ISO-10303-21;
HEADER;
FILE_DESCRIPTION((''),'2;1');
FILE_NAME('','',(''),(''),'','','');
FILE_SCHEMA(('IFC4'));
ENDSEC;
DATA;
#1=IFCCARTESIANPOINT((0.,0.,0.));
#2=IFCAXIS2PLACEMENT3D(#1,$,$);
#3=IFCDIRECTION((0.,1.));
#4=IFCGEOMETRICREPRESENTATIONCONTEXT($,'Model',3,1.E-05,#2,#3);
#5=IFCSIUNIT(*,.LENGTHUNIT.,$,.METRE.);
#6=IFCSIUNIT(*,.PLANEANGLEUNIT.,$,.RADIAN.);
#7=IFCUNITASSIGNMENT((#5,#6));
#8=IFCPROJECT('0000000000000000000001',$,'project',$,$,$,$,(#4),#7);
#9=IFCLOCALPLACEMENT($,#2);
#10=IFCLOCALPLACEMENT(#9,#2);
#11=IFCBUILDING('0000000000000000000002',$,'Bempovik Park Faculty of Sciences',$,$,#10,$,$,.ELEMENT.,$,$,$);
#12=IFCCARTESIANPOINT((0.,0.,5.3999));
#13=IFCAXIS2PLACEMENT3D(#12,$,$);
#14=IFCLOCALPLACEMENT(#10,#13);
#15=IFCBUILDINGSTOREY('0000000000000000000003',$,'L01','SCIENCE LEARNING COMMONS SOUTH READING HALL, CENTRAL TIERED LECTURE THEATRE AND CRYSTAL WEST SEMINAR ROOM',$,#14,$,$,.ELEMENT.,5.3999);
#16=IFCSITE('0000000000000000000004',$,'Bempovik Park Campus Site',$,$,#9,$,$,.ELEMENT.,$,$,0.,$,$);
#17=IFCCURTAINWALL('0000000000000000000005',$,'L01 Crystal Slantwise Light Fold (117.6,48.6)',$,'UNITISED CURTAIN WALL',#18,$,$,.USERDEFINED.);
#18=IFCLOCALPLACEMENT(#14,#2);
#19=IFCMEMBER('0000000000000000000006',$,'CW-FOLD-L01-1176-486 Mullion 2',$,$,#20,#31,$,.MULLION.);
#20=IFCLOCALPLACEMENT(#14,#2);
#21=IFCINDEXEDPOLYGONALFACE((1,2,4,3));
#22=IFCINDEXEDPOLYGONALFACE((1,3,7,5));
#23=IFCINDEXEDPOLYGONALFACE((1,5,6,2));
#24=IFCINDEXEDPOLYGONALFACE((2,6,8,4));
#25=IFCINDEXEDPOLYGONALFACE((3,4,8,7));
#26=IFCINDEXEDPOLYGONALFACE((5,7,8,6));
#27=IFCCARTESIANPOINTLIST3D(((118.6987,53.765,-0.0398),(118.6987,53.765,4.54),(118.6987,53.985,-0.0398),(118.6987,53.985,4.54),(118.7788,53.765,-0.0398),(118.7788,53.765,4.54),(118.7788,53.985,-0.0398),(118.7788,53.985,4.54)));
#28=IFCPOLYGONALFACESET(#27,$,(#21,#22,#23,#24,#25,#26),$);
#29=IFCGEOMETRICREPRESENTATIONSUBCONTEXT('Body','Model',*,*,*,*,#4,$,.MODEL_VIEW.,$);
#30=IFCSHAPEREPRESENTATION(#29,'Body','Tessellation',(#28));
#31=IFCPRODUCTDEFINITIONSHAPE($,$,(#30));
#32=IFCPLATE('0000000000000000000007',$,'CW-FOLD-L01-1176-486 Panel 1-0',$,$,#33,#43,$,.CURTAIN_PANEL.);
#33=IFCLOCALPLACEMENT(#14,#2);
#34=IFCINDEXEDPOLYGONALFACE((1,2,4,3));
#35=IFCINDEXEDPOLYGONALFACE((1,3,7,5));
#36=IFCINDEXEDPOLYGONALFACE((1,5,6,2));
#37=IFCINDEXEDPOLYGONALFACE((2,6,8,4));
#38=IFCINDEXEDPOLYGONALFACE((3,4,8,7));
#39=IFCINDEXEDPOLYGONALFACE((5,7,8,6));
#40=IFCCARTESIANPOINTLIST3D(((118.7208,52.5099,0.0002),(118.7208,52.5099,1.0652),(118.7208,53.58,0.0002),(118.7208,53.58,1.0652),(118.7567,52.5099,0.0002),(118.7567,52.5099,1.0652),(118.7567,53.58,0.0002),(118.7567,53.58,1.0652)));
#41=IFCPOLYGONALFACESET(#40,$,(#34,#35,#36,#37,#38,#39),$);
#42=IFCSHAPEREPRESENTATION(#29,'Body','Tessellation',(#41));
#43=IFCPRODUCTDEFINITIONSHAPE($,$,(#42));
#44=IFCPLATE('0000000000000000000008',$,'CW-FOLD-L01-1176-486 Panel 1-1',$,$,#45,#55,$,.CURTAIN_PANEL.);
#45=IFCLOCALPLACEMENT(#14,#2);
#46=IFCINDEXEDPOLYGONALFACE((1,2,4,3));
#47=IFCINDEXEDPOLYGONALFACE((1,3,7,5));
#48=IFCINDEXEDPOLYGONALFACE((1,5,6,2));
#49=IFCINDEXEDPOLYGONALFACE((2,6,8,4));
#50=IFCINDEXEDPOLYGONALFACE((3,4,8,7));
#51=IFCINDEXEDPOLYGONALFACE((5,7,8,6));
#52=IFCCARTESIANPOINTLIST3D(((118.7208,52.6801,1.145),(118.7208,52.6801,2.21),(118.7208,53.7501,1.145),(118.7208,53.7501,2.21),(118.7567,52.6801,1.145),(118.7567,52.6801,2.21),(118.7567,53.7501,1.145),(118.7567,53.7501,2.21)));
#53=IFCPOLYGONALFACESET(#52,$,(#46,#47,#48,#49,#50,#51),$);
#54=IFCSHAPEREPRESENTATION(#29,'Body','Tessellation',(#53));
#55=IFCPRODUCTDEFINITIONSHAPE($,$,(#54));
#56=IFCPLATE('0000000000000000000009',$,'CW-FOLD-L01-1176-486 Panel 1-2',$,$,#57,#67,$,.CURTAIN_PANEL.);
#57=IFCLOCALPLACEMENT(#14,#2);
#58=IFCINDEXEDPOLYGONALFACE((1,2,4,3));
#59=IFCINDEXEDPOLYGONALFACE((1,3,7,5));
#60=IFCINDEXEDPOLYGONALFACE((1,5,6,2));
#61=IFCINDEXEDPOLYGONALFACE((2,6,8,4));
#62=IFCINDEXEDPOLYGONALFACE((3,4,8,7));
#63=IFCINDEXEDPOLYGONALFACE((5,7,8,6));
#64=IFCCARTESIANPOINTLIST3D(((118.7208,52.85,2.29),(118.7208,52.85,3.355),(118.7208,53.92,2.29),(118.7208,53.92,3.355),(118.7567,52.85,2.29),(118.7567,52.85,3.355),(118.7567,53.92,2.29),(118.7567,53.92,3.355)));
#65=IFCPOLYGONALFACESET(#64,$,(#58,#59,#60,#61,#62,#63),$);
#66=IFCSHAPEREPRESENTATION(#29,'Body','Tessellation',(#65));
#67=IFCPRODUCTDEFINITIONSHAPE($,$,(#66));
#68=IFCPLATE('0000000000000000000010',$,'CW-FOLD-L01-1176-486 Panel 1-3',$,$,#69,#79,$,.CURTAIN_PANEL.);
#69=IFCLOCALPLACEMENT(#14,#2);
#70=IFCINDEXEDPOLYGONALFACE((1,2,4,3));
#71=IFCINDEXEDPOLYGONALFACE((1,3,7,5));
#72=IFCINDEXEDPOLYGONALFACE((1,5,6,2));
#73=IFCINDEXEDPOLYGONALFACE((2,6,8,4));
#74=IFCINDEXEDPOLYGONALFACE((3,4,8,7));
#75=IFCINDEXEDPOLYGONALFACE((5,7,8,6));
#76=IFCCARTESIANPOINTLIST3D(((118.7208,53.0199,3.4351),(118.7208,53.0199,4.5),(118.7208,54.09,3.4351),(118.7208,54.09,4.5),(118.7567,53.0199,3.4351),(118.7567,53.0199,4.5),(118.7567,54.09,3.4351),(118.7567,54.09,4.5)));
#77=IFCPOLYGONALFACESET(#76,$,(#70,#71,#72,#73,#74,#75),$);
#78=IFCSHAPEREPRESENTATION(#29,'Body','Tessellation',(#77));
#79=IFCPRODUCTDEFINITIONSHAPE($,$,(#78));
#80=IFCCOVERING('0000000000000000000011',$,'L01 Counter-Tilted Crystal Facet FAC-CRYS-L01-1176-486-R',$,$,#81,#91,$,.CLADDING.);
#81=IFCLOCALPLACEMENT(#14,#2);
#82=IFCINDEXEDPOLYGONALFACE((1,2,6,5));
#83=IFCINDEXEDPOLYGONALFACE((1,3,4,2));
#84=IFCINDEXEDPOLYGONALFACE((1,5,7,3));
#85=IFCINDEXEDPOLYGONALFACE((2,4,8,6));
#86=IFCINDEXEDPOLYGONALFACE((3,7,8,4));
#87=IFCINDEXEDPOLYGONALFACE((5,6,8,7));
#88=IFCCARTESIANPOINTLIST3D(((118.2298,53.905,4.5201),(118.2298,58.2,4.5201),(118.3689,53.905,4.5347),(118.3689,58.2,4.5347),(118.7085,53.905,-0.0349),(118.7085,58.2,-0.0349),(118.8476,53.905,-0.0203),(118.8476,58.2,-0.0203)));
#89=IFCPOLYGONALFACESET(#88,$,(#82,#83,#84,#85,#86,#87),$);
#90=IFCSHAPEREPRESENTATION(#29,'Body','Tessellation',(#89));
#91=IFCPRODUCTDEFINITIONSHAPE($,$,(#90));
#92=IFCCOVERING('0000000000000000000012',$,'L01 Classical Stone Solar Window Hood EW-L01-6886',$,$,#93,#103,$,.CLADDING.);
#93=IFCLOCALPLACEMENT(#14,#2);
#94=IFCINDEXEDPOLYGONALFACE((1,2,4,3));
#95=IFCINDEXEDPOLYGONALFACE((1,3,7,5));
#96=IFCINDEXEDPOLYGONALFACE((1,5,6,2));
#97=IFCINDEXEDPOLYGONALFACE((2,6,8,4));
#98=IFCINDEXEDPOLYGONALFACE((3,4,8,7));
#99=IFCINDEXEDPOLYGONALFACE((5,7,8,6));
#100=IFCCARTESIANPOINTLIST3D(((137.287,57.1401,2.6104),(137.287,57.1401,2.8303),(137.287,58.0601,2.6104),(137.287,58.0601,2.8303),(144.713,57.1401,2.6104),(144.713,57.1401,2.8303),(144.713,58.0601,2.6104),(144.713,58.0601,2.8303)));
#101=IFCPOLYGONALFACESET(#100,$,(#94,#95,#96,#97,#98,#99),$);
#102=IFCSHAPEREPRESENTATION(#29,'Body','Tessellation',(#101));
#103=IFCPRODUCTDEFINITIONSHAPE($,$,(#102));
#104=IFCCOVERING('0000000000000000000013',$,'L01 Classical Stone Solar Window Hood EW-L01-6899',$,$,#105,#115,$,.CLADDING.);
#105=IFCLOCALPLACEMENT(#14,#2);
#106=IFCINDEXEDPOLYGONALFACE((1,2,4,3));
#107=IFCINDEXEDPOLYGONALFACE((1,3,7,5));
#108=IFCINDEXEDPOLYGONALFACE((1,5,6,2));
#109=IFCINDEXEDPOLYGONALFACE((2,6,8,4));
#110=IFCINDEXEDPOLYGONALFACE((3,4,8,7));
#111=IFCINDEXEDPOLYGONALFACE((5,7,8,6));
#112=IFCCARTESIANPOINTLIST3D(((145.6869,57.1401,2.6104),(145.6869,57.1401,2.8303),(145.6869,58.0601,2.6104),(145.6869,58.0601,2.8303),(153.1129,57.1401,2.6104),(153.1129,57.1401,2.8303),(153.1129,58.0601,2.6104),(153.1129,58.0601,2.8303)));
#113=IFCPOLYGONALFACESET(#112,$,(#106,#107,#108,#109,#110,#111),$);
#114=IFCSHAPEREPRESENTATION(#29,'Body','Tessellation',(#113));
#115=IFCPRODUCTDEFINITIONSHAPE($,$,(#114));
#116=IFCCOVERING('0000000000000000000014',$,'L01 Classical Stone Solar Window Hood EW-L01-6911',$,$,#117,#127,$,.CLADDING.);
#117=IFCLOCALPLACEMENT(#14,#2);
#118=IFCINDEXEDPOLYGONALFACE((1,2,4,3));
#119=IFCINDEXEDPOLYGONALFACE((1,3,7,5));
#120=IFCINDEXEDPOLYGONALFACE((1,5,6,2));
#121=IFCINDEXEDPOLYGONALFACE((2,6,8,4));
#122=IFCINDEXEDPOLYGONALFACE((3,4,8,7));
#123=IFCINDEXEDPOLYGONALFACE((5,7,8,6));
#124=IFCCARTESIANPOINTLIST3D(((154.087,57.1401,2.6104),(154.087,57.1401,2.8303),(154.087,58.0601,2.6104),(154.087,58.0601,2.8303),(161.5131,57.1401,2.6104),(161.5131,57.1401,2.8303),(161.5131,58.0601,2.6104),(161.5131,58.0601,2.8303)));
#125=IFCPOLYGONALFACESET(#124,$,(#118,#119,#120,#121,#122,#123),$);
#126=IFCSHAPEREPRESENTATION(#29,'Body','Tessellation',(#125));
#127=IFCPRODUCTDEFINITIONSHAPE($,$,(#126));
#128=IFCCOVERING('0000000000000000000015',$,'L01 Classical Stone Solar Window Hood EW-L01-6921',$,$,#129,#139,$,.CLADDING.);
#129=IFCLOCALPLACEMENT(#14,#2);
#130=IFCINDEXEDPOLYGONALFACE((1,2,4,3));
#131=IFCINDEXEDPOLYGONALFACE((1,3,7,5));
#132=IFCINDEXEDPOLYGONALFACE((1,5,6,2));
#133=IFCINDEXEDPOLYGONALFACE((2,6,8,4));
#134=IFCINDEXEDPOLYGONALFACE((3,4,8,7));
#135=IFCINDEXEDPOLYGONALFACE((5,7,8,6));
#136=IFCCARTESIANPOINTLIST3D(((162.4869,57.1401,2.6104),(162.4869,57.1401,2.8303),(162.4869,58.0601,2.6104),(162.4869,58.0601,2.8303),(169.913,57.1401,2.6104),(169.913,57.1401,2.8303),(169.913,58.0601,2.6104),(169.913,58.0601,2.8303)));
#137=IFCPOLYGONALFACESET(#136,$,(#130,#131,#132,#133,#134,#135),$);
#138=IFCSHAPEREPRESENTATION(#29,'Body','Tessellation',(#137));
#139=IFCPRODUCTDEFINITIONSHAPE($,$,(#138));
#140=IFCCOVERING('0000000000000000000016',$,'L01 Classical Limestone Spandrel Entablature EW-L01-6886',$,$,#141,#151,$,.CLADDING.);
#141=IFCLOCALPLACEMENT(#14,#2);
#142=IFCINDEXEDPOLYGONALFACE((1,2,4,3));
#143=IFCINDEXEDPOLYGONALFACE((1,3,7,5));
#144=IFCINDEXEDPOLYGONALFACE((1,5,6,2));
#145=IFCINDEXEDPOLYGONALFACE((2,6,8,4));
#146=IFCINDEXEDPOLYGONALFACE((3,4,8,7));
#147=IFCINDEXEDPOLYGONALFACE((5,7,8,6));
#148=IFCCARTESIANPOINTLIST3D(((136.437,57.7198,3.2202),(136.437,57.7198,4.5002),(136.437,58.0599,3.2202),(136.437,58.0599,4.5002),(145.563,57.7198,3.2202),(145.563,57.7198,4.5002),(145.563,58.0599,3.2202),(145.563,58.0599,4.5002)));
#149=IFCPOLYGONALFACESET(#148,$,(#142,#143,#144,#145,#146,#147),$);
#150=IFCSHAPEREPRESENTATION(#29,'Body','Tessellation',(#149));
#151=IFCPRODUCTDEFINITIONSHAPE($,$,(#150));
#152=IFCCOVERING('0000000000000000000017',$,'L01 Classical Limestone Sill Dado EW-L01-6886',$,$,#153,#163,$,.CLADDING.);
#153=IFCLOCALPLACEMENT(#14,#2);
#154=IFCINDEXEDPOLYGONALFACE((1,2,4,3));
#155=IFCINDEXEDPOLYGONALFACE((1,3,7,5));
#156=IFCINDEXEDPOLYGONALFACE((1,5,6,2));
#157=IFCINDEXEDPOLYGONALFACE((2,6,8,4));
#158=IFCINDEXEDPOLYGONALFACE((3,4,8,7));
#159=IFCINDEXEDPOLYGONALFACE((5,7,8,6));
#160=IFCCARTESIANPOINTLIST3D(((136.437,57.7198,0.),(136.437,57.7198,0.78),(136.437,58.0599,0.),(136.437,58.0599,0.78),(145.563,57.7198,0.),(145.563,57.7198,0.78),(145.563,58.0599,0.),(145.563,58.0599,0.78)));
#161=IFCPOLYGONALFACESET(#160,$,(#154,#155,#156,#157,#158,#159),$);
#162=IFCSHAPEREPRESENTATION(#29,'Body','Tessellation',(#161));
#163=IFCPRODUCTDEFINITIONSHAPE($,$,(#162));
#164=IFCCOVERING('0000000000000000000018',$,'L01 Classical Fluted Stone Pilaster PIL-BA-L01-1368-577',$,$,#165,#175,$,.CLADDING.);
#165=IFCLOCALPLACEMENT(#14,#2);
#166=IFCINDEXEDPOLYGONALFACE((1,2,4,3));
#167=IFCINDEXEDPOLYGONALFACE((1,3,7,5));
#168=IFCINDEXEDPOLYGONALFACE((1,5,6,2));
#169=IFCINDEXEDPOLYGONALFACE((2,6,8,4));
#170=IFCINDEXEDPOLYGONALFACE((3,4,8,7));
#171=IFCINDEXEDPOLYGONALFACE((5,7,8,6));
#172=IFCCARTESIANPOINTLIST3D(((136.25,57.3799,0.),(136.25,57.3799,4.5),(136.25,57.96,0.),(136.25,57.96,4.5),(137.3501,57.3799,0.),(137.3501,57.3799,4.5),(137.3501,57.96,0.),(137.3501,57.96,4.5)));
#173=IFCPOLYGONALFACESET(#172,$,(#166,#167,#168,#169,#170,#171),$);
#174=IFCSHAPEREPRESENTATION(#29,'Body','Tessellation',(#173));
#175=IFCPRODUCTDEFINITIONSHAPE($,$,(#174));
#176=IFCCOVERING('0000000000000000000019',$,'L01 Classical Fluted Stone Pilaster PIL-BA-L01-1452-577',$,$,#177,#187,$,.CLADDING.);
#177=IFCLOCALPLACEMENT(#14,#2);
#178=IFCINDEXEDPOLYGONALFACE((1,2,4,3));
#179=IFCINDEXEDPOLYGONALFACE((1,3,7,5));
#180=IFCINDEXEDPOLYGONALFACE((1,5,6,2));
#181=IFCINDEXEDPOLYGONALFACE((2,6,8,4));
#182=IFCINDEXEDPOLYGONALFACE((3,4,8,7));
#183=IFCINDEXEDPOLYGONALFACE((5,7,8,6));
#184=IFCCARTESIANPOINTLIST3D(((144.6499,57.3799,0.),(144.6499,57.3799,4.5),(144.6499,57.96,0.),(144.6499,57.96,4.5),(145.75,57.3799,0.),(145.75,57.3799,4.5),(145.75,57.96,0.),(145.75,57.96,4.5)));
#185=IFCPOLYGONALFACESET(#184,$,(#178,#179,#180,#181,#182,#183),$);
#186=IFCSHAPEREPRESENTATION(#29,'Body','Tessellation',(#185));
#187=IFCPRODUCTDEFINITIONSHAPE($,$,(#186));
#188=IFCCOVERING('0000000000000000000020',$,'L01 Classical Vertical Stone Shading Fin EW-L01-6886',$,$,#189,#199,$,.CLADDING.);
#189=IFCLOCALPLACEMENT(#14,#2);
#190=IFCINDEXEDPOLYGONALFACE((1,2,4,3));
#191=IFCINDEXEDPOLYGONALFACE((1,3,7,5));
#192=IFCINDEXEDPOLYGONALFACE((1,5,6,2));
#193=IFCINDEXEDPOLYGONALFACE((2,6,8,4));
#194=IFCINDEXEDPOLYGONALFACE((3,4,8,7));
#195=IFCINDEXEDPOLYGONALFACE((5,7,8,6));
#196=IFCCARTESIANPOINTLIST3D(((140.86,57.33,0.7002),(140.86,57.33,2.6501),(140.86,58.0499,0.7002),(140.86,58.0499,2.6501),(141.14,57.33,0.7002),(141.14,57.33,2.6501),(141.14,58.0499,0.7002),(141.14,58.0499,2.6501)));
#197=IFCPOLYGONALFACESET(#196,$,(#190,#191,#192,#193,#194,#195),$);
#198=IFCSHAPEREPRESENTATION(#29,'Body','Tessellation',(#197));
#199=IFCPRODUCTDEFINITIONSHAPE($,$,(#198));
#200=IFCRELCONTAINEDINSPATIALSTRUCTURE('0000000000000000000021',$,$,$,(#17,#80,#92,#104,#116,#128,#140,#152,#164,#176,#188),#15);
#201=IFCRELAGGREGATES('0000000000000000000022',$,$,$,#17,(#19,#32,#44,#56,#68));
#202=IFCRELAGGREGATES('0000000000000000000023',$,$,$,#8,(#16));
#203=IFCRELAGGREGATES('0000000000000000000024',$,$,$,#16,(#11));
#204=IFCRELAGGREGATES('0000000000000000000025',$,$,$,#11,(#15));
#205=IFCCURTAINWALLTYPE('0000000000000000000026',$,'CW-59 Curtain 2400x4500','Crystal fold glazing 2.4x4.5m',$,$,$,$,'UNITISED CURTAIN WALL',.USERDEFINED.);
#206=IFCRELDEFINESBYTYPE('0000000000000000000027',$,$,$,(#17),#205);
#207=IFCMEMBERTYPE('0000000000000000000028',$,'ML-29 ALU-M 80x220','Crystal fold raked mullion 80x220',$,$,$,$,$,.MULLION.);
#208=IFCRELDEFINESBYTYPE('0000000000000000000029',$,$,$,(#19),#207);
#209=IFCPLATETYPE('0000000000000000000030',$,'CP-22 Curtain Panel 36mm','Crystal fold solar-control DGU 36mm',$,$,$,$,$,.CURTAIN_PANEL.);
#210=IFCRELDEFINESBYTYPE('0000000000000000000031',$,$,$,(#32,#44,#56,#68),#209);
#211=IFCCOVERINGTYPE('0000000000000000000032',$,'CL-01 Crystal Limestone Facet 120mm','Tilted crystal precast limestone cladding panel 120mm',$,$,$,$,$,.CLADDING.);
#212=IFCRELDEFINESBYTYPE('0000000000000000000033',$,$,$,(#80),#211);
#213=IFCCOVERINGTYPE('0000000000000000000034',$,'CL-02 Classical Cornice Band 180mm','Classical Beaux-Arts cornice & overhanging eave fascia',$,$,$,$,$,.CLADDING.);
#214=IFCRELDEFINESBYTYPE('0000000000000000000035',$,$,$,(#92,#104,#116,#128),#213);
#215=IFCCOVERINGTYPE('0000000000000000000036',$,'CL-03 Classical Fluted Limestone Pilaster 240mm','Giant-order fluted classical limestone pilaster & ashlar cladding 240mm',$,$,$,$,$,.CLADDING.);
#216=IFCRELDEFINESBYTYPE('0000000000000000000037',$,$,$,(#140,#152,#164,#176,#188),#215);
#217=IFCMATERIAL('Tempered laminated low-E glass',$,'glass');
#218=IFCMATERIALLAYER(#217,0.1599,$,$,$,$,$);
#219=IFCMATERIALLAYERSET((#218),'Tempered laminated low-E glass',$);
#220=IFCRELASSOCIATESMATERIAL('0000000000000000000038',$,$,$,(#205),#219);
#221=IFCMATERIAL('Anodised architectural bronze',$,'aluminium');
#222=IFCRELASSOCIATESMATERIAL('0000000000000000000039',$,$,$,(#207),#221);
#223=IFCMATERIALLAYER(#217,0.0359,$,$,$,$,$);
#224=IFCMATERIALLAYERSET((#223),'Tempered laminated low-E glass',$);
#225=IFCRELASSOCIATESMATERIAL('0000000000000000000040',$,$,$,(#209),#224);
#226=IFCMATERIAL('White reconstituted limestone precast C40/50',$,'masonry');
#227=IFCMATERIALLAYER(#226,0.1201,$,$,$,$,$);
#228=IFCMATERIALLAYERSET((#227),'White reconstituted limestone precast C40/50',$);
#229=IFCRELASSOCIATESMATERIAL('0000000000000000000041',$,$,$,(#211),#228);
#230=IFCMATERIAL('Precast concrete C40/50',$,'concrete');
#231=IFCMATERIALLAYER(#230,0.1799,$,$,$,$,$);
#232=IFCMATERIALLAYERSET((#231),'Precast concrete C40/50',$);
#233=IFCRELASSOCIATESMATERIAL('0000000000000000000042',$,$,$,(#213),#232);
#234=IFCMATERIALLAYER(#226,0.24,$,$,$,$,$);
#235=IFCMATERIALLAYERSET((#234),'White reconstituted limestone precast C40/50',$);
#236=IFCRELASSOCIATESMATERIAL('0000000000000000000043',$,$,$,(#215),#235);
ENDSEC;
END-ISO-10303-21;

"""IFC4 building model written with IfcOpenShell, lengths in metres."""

from ifc_helpers import new_model, si_unit, direction, frame, origin, origin_2d, place, context, subcontext, project, spatial, rectangle, extrude, material, layer, layer_set, material_profile, profile_set, type_object, element, aggregate, save


model = new_model("IFC4")

# Units and contexts
model_context = context("Model", 3, precision=1e-05, world=origin(), true_north=direction((0.0, 1.0)))
body_context = subcontext(model_context, "Body", "Model", "MODEL_VIEW")
ifc_project = project(units=[si_unit("LENGTHUNIT", "METRE"), si_unit("PLANEANGLEUNIT", "RADIAN")], contexts=[model_context])

# Site, building, storey
site_placement = place(None, origin())
site = spatial("IfcSite", under=ifc_project, at=site_placement, Name="Bempovik Park Campus Site", CompositionType="ELEMENT", RefElevation=0.0)
building_placement = place(site_placement, origin())
building = spatial("IfcBuilding", under=site, at=building_placement, Name="Bempovik Park Faculty of Sciences", CompositionType="ELEMENT")
storey_placement = place(building_placement, frame((0.0, 0.0, 5.3999)))
storey = spatial("IfcBuildingStorey", under=building, at=storey_placement, Name="L01", Description="SCIENCE LEARNING COMMONS SOUTH READING HALL, CENTRAL TIERED LECTURE THEATRE AND CRYSTAL WEST SEMINAR ROOM", CompositionType="ELEMENT", Elevation=5.3999)

# Curtain wall, member, plates
ifc_material_1 = material(Name="Tempered laminated low-E glass", Category="glass")
ifc_layer_1 = layer(ifc_material_1, 0.1599)
ifc_layer_set_1 = layer_set([ifc_layer_1], Name="Tempered laminated low-E glass")
curtain_wall_type = type_object("IfcCurtainWallType", Name="CW-59 Curtain 2400x4500", Description="Crystal fold glazing 2.4x4.5m", ElementType="UNITISED CURTAIN WALL", PredefinedType="USERDEFINED", material=ifc_layer_set_1)
curtain_wall_placement = place(storey_placement, origin())
curtain_wall = element("IfcCurtainWall", 1, at=curtain_wall_placement, inside=storey, type_object=curtain_wall_type, Name="L01 Crystal Slantwise Light Fold (117.6,48.6)", ObjectType="UNITISED CURTAIN WALL", PredefinedType="USERDEFINED")
ifc_material_2 = material(Name="Anodised architectural bronze", Category="aluminium")
ifc_material_profile = material_profile(ifc_material_2, rectangle(XDim=0.0801, YDim=0.22, at=origin_2d()), Name="ALU-M 80x220")
ifc_profile_set = profile_set([ifc_material_profile], Name="Anodised architectural bronze")
member_type = type_object("IfcMemberType", Name="ML-29 ALU-M 80x220", Description="Crystal fold raked mullion 80x220", PredefinedType="MULLION", material=ifc_profile_set)
member_placement = place(storey_placement, frame((118.7388, 53.875, -0.0398), z_axis=(0.0, 0.0, 1.0), x_axis=(1.0, 0.0, 0.0)))
member = element("IfcMember", 2, at=member_placement, type_object=member_type, Name="CW-FOLD-L01-1176-486 Mullion 2", PredefinedType="MULLION", context=body_context, shape_type="SweptSolid", body=[
    extrude(rectangle(XDim=0.0801, YDim=0.22, at=origin_2d()), origin(), (0.0, 0.0, 1.0), 4.5798),
])
ifc_layer_2 = layer(ifc_material_1, 0.0359)
ifc_layer_set_2 = layer_set([ifc_layer_2], Name="Tempered laminated low-E glass")
plate_type = type_object("IfcPlateType", Name="CP-22 Curtain Panel 36mm", Description="Crystal fold solar-control DGU 36mm", PredefinedType="CURTAIN_PANEL", material=ifc_layer_set_2)
plate_1_placement = place(storey_placement, frame((118.7388, 53.0449, 0.0002), z_axis=(0.0, 0.0, 1.0), x_axis=(0.0, 1.0, 0.0)))
plate_1 = element("IfcPlate", 3, at=plate_1_placement, type_object=plate_type, Name="CW-FOLD-L01-1176-486 Panel 1-0", PredefinedType="CURTAIN_PANEL", context=body_context, shape_type="SweptSolid", body=[
    extrude(rectangle(XDim=1.0701, YDim=0.0359, at=origin_2d()), origin(), (0.0, 0.0, 1.0), 1.0649),
])
plate_2_placement = place(storey_placement, frame((118.7388, 53.2151, 1.145), z_axis=(0.0, 0.0, 1.0), x_axis=(0.0, 1.0, 0.0)))
plate_2 = element("IfcPlate", 4, at=plate_2_placement, type_object=plate_type, Name="CW-FOLD-L01-1176-486 Panel 1-1", PredefinedType="CURTAIN_PANEL", context=body_context, shape_type="SweptSolid", body=[
    extrude(rectangle(XDim=1.0701, YDim=0.0359, at=origin_2d()), origin(), (0.0, 0.0, 1.0), 1.0649),
])
plate_3_placement = place(storey_placement, frame((118.7388, 53.385, 2.29), z_axis=(0.0, 0.0, 1.0), x_axis=(0.0, 1.0, 0.0)))
plate_3 = element("IfcPlate", 5, at=plate_3_placement, type_object=plate_type, Name="CW-FOLD-L01-1176-486 Panel 1-2", PredefinedType="CURTAIN_PANEL", context=body_context, shape_type="SweptSolid", body=[
    extrude(rectangle(XDim=1.0701, YDim=0.0359, at=origin_2d()), origin(), (0.0, 0.0, 1.0), 1.0649),
])
plate_4_placement = place(storey_placement, frame((118.7388, 53.5549, 3.4351), z_axis=(0.0, 0.0, 1.0), x_axis=(0.0, 1.0, 0.0)))
plate_4 = element("IfcPlate", 6, at=plate_4_placement, type_object=plate_type, Name="CW-FOLD-L01-1176-486 Panel 1-3", PredefinedType="CURTAIN_PANEL", context=body_context, shape_type="SweptSolid", body=[
    extrude(rectangle(XDim=1.0701, YDim=0.0359, at=origin_2d()), origin(), (0.0, 0.0, 1.0), 1.0649),
])
aggregate(curtain_wall, [member, plate_1, plate_2, plate_3, plate_4])

# Coverings
ifc_material_3 = material(Name="White reconstituted limestone precast C40/50", Category="masonry")
ifc_layer_3 = layer(ifc_material_3, 0.1201)
ifc_layer_set_3 = layer_set([ifc_layer_3], Name="White reconstituted limestone precast C40/50")
covering_type_1 = type_object("IfcCoveringType", Name="CL-01 Crystal Limestone Facet 120mm", Description="Tilted crystal precast limestone cladding panel 120mm", PredefinedType="CLADDING", material=ifc_layer_set_3)
covering_1_placement = place(storey_placement, frame((118.7781, 56.0525, -0.0276), z_axis=(-0.104528, 0.0, 0.994522), x_axis=(0.0, 1.0, 0.0)))
element("IfcCovering", 7, at=covering_1_placement, inside=storey, type_object=covering_type_1, Name="L01 Counter-Tilted Crystal Facet FAC-CRYS-L01-1176-486-R", PredefinedType="CLADDING", context=body_context, shape_type="SweptSolid", body=[
    extrude(rectangle(XDim=4.2949, YDim=0.1399, at=origin_2d()), origin(), (0.0, 0.0, 1.0), 4.5801),
])
ifc_material_4 = material(Name="Precast concrete C40/50", Category="concrete")
ifc_layer_4 = layer(ifc_material_4, 0.1799)
ifc_layer_set_4 = layer_set([ifc_layer_4], Name="Precast concrete C40/50")
covering_type_2 = type_object("IfcCoveringType", Name="CL-02 Classical Cornice Band 180mm", Description="Classical Beaux-Arts cornice & overhanging eave fascia", PredefinedType="CLADDING", material=ifc_layer_set_4)
for number, where, z_axis, x_axis, name in (
    (8, (141.0, 57.6001, 2.6104), (0.0, 0.0, 1.0), (1.0, 0.0, 0.0), "L01 Classical Stone Solar Window Hood EW-L01-6886"),
    (9, (149.3999, 57.6001, 2.6104), (0.0, 0.0, 1.0), (1.0, 0.0, 0.0), "L01 Classical Stone Solar Window Hood EW-L01-6899"),
    (10, (157.8, 57.6001, 2.6104), (0.0, 0.0, 1.0), (1.0, 0.0, 0.0), "L01 Classical Stone Solar Window Hood EW-L01-6911"),
    (11, (166.2, 57.6001, 2.6104), (0.0, 0.0, 1.0), (1.0, 0.0, 0.0), "L01 Classical Stone Solar Window Hood EW-L01-6921"),
):
    element("IfcCovering", number, at=place(storey_placement, frame(where, z_axis=z_axis, x_axis=x_axis)), inside=storey, type_object=covering_type_2, Name=name, PredefinedType="CLADDING", context=body_context, shape_type="SweptSolid", body=[
        extrude(rectangle(XDim=7.426, YDim=0.9199, at=origin_2d()), origin(), (0.0, 0.0, 1.0), 0.22),
    ])
ifc_layer_5 = layer(ifc_material_3, 0.24)
ifc_layer_set_5 = layer_set([ifc_layer_5], Name="White reconstituted limestone precast C40/50")
covering_type_3 = type_object("IfcCoveringType", Name="CL-03 Classical Fluted Limestone Pilaster 240mm", Description="Giant-order fluted classical limestone pilaster & ashlar cladding 240mm", PredefinedType="CLADDING", material=ifc_layer_set_5)
covering_2_placement = place(storey_placement, frame((141.0, 57.8899, 3.2202), z_axis=(0.0, 0.0, 1.0), x_axis=(1.0, 0.0, 0.0)))
element("IfcCovering", 12, at=covering_2_placement, inside=storey, type_object=covering_type_3, Name="L01 Classical Limestone Spandrel Entablature EW-L01-6886", PredefinedType="CLADDING", context=body_context, shape_type="SweptSolid", body=[
    extrude(rectangle(XDim=9.126, YDim=0.3401, at=origin_2d()), origin(), (0.0, 0.0, 1.0), 1.28),
])
covering_3_placement = place(storey_placement, frame((141.0, 57.8899, 0.0), z_axis=(0.0, 0.0, 1.0), x_axis=(1.0, 0.0, 0.0)))
element("IfcCovering", 13, at=covering_3_placement, inside=storey, type_object=covering_type_3, Name="L01 Classical Limestone Sill Dado EW-L01-6886", PredefinedType="CLADDING", context=body_context, shape_type="SweptSolid", body=[
    extrude(rectangle(XDim=9.126, YDim=0.3401, at=origin_2d()), origin(), (0.0, 0.0, 1.0), 0.78),
])
for number, where, z_axis, x_axis, name in (
    (14, (136.8, 57.6699, 0.0), (0.0, 0.0, 1.0), (1.0, 0.0, 0.0), "L01 Classical Fluted Stone Pilaster PIL-BA-L01-1368-577"),
    (15, (145.2, 57.6699, 0.0), (0.0, 0.0, 1.0), (1.0, 0.0, 0.0), "L01 Classical Fluted Stone Pilaster PIL-BA-L01-1452-577"),
):
    element("IfcCovering", number, at=place(storey_placement, frame(where, z_axis=z_axis, x_axis=x_axis)), inside=storey, type_object=covering_type_3, Name=name, PredefinedType="CLADDING", context=body_context, shape_type="SweptSolid", body=[
        extrude(rectangle(XDim=1.1001, YDim=0.5801, at=origin_2d()), origin(), (0.0, 0.0, 1.0), 4.5),
    ])
covering_4_placement = place(storey_placement, frame((141.0, 57.6899, 0.7002), z_axis=(0.0, 0.0, 1.0), x_axis=(1.0, 0.0, 0.0)))
element("IfcCovering", 16, at=covering_4_placement, inside=storey, type_object=covering_type_3, Name="L01 Classical Vertical Stone Shading Fin EW-L01-6886", PredefinedType="CLADDING", context=body_context, shape_type="SweptSolid", body=[
    extrude(rectangle(XDim=0.28, YDim=0.72, at=origin_2d()), origin(), (0.0, 0.0, 1.0), 1.95),
])

save(model, "model.ifc")
